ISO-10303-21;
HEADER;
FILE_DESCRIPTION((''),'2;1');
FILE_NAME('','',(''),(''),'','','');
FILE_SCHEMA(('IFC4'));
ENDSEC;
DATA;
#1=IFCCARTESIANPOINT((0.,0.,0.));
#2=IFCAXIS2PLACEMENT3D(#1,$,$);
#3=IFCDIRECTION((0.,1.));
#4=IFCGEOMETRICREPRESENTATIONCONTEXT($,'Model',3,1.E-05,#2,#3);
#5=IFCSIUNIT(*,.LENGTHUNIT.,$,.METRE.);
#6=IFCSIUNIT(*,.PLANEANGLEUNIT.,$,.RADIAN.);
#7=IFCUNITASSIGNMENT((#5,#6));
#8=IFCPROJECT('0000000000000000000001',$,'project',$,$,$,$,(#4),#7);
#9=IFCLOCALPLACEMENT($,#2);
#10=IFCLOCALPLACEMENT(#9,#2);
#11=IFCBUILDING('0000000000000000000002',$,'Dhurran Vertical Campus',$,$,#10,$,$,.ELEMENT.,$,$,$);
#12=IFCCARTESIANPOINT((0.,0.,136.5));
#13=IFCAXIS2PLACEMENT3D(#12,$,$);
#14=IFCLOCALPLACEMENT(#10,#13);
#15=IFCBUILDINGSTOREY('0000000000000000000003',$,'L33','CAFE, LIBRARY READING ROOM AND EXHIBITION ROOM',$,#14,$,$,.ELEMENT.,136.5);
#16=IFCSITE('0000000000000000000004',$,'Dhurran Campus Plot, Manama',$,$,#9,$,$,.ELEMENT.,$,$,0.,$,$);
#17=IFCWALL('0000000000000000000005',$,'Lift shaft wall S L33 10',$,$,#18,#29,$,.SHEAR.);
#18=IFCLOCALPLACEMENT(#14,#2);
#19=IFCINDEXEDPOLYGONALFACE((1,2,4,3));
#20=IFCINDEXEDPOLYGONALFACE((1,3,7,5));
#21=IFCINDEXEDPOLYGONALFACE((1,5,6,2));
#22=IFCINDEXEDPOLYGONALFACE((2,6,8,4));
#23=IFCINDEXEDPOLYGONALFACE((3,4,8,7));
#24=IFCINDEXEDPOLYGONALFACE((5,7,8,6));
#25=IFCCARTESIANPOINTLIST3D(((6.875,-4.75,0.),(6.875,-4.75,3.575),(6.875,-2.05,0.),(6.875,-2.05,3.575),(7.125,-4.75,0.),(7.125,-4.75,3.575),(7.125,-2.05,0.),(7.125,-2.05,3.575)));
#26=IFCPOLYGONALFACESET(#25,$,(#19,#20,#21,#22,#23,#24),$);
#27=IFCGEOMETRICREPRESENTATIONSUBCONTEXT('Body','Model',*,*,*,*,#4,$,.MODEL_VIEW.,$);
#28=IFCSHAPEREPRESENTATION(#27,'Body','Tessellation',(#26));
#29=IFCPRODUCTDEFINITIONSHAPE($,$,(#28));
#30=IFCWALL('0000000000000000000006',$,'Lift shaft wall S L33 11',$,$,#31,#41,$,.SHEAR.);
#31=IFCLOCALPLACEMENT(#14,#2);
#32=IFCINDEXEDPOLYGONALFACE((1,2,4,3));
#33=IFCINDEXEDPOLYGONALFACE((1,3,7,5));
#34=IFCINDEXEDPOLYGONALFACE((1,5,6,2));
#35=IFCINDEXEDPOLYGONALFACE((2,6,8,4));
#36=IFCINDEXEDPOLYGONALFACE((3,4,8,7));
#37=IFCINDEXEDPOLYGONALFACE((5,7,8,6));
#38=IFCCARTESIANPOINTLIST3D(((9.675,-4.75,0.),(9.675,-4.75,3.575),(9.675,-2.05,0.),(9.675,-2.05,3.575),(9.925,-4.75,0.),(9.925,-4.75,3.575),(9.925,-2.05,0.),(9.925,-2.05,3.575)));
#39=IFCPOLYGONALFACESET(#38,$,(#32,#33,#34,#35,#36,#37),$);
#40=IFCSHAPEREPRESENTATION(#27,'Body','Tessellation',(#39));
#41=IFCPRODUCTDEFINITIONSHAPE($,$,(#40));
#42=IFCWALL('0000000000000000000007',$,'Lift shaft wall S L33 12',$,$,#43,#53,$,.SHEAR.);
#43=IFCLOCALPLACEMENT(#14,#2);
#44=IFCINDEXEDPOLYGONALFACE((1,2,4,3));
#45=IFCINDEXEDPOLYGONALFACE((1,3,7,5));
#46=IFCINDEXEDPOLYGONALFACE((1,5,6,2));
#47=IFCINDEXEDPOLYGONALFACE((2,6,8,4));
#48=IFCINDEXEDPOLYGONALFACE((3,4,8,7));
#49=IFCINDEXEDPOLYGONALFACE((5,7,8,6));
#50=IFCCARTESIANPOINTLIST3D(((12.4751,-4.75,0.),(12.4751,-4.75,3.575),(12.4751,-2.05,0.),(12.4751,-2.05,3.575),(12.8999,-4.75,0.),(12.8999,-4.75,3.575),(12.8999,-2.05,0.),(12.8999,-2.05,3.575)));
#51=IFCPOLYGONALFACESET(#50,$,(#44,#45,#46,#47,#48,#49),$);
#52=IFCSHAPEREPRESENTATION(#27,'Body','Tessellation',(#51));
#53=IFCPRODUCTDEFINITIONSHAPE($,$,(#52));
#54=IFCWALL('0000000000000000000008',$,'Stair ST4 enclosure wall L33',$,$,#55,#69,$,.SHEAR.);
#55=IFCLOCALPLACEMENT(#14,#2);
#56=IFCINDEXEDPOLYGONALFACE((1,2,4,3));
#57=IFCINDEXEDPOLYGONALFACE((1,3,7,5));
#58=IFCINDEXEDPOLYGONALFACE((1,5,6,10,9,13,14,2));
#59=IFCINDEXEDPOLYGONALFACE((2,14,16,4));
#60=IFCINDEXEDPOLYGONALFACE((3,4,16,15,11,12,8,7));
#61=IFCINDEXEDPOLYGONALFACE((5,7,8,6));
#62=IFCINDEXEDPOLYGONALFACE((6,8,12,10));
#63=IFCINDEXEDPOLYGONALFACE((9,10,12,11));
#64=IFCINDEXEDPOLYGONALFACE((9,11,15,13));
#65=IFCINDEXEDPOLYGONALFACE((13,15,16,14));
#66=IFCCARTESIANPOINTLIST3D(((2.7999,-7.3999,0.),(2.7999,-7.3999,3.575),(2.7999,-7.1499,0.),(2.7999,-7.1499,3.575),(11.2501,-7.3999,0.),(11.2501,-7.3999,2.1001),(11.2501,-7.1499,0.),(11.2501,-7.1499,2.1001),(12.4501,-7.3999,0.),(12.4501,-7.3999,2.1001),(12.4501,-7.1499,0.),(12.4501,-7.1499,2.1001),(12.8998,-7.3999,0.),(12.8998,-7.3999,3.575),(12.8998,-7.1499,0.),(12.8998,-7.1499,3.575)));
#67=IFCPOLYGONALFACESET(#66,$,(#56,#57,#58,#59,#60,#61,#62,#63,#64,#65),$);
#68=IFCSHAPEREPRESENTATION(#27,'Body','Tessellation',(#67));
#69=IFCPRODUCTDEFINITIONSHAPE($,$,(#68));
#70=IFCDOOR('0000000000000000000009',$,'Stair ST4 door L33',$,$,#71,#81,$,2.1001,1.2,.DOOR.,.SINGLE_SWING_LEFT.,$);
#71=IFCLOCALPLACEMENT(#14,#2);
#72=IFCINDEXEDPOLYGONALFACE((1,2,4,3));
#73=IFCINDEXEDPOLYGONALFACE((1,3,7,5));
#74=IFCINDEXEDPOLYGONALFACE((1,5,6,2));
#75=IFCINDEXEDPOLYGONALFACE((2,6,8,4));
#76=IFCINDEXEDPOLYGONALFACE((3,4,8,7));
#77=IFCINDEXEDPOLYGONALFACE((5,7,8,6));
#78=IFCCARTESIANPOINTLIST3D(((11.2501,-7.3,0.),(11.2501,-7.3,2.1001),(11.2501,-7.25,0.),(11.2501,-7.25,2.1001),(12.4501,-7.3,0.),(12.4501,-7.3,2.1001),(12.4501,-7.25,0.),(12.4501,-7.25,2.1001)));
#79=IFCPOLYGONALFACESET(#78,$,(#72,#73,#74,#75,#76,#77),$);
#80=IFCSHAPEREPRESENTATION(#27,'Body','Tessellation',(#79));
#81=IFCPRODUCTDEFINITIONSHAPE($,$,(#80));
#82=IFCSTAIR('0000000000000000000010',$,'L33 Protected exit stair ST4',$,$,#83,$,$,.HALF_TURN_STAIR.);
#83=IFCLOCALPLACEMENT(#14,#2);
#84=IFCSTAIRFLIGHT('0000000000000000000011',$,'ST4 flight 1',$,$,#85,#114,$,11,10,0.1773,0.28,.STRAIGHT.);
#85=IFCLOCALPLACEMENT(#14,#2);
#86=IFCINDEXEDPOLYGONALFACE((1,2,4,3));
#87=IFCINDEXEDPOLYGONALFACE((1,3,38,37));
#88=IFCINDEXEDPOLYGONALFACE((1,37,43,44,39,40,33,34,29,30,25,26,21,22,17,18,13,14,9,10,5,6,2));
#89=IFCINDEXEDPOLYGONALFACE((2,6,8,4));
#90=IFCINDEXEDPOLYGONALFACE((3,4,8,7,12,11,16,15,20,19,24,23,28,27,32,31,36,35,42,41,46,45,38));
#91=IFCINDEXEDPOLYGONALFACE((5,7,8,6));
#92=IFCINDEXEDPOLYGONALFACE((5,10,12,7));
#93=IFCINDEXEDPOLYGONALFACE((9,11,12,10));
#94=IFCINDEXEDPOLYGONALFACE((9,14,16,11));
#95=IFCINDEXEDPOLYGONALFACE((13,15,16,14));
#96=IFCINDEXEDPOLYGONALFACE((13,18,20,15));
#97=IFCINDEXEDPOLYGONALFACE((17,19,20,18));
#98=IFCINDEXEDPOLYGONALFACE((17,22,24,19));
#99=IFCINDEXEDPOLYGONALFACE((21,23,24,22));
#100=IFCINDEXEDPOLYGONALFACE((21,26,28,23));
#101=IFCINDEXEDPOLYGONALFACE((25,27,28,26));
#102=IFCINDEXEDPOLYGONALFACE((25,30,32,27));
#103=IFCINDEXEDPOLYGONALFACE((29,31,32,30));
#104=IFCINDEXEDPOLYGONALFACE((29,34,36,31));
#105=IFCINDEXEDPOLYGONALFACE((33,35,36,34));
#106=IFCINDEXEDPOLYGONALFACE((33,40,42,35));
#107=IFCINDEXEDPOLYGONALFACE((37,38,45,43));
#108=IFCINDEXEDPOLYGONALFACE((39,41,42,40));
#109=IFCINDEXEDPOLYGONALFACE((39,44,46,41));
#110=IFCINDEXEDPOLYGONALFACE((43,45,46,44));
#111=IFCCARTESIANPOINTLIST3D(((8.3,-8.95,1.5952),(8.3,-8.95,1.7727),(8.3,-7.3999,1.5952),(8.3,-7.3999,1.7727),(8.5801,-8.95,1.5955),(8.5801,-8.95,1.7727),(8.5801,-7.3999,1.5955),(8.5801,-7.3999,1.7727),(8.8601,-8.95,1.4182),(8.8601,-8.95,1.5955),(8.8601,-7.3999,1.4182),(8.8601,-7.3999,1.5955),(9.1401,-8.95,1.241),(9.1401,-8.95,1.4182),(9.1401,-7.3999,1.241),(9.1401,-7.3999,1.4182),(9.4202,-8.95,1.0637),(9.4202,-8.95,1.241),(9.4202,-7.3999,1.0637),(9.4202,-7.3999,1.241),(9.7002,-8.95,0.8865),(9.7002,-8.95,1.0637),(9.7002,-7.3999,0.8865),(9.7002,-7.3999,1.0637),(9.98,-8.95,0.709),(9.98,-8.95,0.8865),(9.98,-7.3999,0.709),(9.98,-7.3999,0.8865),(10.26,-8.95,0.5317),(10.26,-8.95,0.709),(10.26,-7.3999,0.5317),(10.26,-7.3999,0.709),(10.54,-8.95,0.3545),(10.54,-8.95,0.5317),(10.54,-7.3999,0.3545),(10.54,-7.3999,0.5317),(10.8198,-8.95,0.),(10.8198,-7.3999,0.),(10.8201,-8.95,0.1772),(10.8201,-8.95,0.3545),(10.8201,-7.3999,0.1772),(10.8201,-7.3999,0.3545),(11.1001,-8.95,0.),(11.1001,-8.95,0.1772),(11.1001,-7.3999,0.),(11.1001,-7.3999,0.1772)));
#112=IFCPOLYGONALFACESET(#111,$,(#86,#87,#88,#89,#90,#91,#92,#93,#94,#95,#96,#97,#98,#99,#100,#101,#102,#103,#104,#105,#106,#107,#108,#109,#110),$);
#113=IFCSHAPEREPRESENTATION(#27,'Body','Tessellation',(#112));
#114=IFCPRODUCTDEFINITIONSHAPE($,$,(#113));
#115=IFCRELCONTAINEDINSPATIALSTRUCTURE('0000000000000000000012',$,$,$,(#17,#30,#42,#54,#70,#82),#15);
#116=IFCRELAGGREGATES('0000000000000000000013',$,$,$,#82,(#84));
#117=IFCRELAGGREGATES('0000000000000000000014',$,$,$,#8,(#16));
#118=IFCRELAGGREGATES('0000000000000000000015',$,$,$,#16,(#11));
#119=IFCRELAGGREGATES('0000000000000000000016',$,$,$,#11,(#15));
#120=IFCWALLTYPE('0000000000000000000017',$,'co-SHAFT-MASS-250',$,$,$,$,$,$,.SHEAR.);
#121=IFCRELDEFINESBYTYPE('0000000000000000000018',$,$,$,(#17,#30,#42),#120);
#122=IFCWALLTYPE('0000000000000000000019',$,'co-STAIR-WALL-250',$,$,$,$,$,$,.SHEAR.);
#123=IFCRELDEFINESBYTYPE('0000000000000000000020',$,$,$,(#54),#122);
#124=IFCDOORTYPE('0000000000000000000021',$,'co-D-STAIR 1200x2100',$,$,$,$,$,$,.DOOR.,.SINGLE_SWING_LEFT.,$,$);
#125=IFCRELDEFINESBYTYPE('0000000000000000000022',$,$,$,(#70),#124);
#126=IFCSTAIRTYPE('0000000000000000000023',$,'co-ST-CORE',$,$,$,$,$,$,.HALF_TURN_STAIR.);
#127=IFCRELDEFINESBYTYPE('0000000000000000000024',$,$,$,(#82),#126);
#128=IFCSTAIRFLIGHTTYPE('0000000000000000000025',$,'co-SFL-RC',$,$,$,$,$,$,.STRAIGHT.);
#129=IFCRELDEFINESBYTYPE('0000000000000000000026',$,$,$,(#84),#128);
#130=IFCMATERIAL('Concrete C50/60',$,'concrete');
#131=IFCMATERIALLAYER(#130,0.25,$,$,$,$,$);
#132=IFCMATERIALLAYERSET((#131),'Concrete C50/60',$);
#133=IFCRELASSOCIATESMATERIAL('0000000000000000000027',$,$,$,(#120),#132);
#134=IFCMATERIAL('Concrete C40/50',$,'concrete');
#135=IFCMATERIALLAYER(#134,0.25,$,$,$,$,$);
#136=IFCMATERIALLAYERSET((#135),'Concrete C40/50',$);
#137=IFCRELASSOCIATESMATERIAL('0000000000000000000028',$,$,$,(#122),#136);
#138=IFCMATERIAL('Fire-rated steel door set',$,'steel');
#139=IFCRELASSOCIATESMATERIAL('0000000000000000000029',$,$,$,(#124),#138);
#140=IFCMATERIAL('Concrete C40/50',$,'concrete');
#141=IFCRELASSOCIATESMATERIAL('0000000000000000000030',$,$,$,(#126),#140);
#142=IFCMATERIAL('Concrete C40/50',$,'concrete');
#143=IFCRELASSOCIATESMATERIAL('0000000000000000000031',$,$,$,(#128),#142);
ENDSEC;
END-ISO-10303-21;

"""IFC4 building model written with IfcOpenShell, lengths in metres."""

from ifc_helpers import new_model, si_unit, direction, frame, frame_2d, origin, place, context, subcontext, project, spatial, polyline, rectangle, outline, extrude, material, layer, layer_set, type_object, element, fill, aggregate, save


model = new_model("IFC4")

# Units and contexts
model_context = context("Model", 3, precision=1e-05, world=origin(), true_north=direction((0.0, 1.0)))
body_context = subcontext(model_context, "Body", "Model", "MODEL_VIEW")
ifc_project = project(units=[si_unit("LENGTHUNIT", "METRE"), si_unit("PLANEANGLEUNIT", "RADIAN")], contexts=[model_context])

# Site, building, storey
site_placement = place(None, origin())
site = spatial("IfcSite", under=ifc_project, at=site_placement, Name="Dhurran Campus Plot, Manama", CompositionType="ELEMENT", RefElevation=0.0)
building_placement = place(site_placement, origin())
building = spatial("IfcBuilding", under=site, at=building_placement, Name="Dhurran Vertical Campus", CompositionType="ELEMENT")
storey_placement = place(building_placement, frame((0.0, 0.0, 136.5)))
storey = spatial("IfcBuildingStorey", under=building, at=storey_placement, Name="L33", Description="CAFE, LIBRARY READING ROOM AND EXHIBITION ROOM", CompositionType="ELEMENT", Elevation=136.5)

# Walls
ifc_material_1 = material(Name="Concrete C50/60", Category="concrete")
ifc_layer_1 = layer(ifc_material_1, 0.25)
ifc_layer_set_1 = layer_set([ifc_layer_1], Name="Concrete C50/60")
wall_type_1 = type_object("IfcWallType", Name="co-SHAFT-MASS-250", PredefinedType="SHEAR", material=ifc_layer_set_1)
wall_1_placement = place(storey_placement, origin())
element("IfcWall", 1, at=wall_1_placement, inside=storey, type_object=wall_type_1, Name="Lift shaft wall S L33 10", PredefinedType="SHEAR", context=body_context, shape_type="SweptSolid", body=[
    extrude(outline(polyline([(6.875, -4.75), (7.125, -4.75), (7.125, -2.05), (6.875, -2.05), (6.875, -4.75)])), origin(), (0.0, 0.0, 1.0), 3.575),
])
wall_2_placement = place(storey_placement, origin())
element("IfcWall", 2, at=wall_2_placement, inside=storey, type_object=wall_type_1, Name="Lift shaft wall S L33 11", PredefinedType="SHEAR", context=body_context, shape_type="SweptSolid", body=[
    extrude(outline(polyline([(9.675, -4.75), (9.925, -4.75), (9.925, -2.05), (9.675, -2.05), (9.675, -4.75)])), origin(), (0.0, 0.0, 1.0), 3.575),
])
wall_3_placement = place(storey_placement, origin())
element("IfcWall", 3, at=wall_3_placement, inside=storey, type_object=wall_type_1, Name="Lift shaft wall S L33 12", PredefinedType="SHEAR", context=body_context, shape_type="SweptSolid", body=[
    extrude(outline(polyline([(12.4751, -4.75), (12.8999, -4.75), (12.8999, -2.05), (12.4751, -2.05), (12.4751, -4.75)])), origin(), (0.0, 0.0, 1.0), 3.575),
])

# Wall, opening, door
ifc_material_2 = material(Name="Concrete C40/50", Category="concrete")
ifc_layer_2 = layer(ifc_material_2, 0.25)
ifc_layer_set_2 = layer_set([ifc_layer_2], Name="Concrete C40/50")
wall_type_2 = type_object("IfcWallType", Name="co-STAIR-WALL-250", PredefinedType="SHEAR", material=ifc_layer_set_2)
wall_4_placement = place(storey_placement, frame((2.8, -7.2749, 0.0), z_axis=(0.0, 0.0, 1.0), x_axis=(1.0, 0.0, 0.0)))
wall_4 = element("IfcWall", 4, at=wall_4_placement, inside=storey, type_object=wall_type_2, Name="Stair ST4 enclosure wall L33", PredefinedType="SHEAR", context=body_context, shape_type="SweptSolid", body=[
    extrude(rectangle(XDim=10.0999, YDim=0.25, at=frame_2d((5.0498, 0.0))), origin(), (0.0, 0.0, 1.0), 3.575),
])
opening_1_placement = place(wall_4_placement, frame((8.45, 0.0, 0.0)))
opening_1 = element("IfcOpeningElement", 5, at=opening_1_placement, cuts=wall_4, PredefinedType="OPENING", context=body_context, shape_type="SweptSolid", body=[
    extrude(rectangle(XDim=1.2, YDim=2.1001, at=frame_2d((0.6001, 1.05))), frame((0.0, 0.135, 0.0), z_axis=(0.0, -1.0, 0.0), x_axis=(1.0, 0.0, 0.0)), (0.0, 0.0, 1.0), 0.27),
])
ifc_material_3 = material(Name="Fire-rated steel door set", Category="steel")
door_type_1 = type_object("IfcDoorType", Name="co-D-STAIR 1200x2100", OperationType="SINGLE_SWING_LEFT", PredefinedType="DOOR", material=ifc_material_3)
door_1_placement = place(opening_1_placement, origin())
door_1 = element("IfcDoor", 6, at=door_1_placement, inside=storey, type_object=door_type_1, Name="Stair ST4 door L33", OperationType="SINGLE_SWING_LEFT", OverallHeight=2.1001, OverallWidth=1.2, PredefinedType="DOOR", context=body_context, shape_type="SweptSolid", body=[
    extrude(rectangle(XDim=1.2, YDim=2.1001, at=frame_2d((0.6001, 1.05))), frame((0.0, 0.0249, 0.0), z_axis=(0.0, -1.0, 0.0), x_axis=(1.0, 0.0, 0.0)), (0.0, 0.0, 1.0), 0.05),
])
fill(opening_1, door_1)

# Stair, stair flight
ifc_material_4 = material(Name="Concrete C40/50", Category="concrete")
stair_type = type_object("IfcStairType", Name="co-ST-CORE", PredefinedType="HALF_TURN_STAIR", material=ifc_material_4)
stair_placement = place(storey_placement, origin())
stair = element("IfcStair", 7, at=stair_placement, inside=storey, type_object=stair_type, Name="L33 Protected exit stair ST4", PredefinedType="HALF_TURN_STAIR")
ifc_material_5 = material(Name="Concrete C40/50", Category="concrete")
stair_flight_type = type_object("IfcStairFlightType", Name="co-SFL-RC", PredefinedType="STRAIGHT", material=ifc_material_5)
stair_flight_placement = place(storey_placement, frame((11.1001, -8.175, 0.0), z_axis=(0.0, 0.0, 1.0), x_axis=(-1.0, 0.0, 0.0)))
stair_flight = element("IfcStairFlight", 8, at=stair_flight_placement, type_object=stair_flight_type, Name="ST4 flight 1", NumberOfRisers=11, NumberOfTreads=10, PredefinedType="STRAIGHT", RiserHeight=0.1773, TreadLength=0.28, context=body_context, shape_type="SweptSolid", body=[
    extrude(outline(polyline([(0.0, 0.0), (0.0, 0.1772), (0.28, 0.1772), (0.28, 0.3545), (0.5601, 0.3545), (0.5601, 0.5317), (0.8401, 0.5317), (0.8401, 0.709), (1.1201, 0.709), (1.1201, 0.8865), (1.3999, 0.8865), (1.3999, 1.0637), (1.6799, 1.0637), (1.6799, 1.241), (1.96, 1.241), (1.96, 1.4182), (2.24, 1.4182), (2.24, 1.5955), (2.52, 1.5955), (2.52, 1.7727), (2.8, 1.7727), (2.8, 1.95), (2.8, 1.5952), (0.2803, 0.0), (0.0, 0.0)])), frame((0.0, 0.7749, 0.0), z_axis=(0.0, -1.0, 0.0), x_axis=(1.0, 0.0, 0.0)), (0.0, 0.0, 1.0), 1.55),
])
aggregate(stair, [stair_flight])

save(model, "model.ifc")
